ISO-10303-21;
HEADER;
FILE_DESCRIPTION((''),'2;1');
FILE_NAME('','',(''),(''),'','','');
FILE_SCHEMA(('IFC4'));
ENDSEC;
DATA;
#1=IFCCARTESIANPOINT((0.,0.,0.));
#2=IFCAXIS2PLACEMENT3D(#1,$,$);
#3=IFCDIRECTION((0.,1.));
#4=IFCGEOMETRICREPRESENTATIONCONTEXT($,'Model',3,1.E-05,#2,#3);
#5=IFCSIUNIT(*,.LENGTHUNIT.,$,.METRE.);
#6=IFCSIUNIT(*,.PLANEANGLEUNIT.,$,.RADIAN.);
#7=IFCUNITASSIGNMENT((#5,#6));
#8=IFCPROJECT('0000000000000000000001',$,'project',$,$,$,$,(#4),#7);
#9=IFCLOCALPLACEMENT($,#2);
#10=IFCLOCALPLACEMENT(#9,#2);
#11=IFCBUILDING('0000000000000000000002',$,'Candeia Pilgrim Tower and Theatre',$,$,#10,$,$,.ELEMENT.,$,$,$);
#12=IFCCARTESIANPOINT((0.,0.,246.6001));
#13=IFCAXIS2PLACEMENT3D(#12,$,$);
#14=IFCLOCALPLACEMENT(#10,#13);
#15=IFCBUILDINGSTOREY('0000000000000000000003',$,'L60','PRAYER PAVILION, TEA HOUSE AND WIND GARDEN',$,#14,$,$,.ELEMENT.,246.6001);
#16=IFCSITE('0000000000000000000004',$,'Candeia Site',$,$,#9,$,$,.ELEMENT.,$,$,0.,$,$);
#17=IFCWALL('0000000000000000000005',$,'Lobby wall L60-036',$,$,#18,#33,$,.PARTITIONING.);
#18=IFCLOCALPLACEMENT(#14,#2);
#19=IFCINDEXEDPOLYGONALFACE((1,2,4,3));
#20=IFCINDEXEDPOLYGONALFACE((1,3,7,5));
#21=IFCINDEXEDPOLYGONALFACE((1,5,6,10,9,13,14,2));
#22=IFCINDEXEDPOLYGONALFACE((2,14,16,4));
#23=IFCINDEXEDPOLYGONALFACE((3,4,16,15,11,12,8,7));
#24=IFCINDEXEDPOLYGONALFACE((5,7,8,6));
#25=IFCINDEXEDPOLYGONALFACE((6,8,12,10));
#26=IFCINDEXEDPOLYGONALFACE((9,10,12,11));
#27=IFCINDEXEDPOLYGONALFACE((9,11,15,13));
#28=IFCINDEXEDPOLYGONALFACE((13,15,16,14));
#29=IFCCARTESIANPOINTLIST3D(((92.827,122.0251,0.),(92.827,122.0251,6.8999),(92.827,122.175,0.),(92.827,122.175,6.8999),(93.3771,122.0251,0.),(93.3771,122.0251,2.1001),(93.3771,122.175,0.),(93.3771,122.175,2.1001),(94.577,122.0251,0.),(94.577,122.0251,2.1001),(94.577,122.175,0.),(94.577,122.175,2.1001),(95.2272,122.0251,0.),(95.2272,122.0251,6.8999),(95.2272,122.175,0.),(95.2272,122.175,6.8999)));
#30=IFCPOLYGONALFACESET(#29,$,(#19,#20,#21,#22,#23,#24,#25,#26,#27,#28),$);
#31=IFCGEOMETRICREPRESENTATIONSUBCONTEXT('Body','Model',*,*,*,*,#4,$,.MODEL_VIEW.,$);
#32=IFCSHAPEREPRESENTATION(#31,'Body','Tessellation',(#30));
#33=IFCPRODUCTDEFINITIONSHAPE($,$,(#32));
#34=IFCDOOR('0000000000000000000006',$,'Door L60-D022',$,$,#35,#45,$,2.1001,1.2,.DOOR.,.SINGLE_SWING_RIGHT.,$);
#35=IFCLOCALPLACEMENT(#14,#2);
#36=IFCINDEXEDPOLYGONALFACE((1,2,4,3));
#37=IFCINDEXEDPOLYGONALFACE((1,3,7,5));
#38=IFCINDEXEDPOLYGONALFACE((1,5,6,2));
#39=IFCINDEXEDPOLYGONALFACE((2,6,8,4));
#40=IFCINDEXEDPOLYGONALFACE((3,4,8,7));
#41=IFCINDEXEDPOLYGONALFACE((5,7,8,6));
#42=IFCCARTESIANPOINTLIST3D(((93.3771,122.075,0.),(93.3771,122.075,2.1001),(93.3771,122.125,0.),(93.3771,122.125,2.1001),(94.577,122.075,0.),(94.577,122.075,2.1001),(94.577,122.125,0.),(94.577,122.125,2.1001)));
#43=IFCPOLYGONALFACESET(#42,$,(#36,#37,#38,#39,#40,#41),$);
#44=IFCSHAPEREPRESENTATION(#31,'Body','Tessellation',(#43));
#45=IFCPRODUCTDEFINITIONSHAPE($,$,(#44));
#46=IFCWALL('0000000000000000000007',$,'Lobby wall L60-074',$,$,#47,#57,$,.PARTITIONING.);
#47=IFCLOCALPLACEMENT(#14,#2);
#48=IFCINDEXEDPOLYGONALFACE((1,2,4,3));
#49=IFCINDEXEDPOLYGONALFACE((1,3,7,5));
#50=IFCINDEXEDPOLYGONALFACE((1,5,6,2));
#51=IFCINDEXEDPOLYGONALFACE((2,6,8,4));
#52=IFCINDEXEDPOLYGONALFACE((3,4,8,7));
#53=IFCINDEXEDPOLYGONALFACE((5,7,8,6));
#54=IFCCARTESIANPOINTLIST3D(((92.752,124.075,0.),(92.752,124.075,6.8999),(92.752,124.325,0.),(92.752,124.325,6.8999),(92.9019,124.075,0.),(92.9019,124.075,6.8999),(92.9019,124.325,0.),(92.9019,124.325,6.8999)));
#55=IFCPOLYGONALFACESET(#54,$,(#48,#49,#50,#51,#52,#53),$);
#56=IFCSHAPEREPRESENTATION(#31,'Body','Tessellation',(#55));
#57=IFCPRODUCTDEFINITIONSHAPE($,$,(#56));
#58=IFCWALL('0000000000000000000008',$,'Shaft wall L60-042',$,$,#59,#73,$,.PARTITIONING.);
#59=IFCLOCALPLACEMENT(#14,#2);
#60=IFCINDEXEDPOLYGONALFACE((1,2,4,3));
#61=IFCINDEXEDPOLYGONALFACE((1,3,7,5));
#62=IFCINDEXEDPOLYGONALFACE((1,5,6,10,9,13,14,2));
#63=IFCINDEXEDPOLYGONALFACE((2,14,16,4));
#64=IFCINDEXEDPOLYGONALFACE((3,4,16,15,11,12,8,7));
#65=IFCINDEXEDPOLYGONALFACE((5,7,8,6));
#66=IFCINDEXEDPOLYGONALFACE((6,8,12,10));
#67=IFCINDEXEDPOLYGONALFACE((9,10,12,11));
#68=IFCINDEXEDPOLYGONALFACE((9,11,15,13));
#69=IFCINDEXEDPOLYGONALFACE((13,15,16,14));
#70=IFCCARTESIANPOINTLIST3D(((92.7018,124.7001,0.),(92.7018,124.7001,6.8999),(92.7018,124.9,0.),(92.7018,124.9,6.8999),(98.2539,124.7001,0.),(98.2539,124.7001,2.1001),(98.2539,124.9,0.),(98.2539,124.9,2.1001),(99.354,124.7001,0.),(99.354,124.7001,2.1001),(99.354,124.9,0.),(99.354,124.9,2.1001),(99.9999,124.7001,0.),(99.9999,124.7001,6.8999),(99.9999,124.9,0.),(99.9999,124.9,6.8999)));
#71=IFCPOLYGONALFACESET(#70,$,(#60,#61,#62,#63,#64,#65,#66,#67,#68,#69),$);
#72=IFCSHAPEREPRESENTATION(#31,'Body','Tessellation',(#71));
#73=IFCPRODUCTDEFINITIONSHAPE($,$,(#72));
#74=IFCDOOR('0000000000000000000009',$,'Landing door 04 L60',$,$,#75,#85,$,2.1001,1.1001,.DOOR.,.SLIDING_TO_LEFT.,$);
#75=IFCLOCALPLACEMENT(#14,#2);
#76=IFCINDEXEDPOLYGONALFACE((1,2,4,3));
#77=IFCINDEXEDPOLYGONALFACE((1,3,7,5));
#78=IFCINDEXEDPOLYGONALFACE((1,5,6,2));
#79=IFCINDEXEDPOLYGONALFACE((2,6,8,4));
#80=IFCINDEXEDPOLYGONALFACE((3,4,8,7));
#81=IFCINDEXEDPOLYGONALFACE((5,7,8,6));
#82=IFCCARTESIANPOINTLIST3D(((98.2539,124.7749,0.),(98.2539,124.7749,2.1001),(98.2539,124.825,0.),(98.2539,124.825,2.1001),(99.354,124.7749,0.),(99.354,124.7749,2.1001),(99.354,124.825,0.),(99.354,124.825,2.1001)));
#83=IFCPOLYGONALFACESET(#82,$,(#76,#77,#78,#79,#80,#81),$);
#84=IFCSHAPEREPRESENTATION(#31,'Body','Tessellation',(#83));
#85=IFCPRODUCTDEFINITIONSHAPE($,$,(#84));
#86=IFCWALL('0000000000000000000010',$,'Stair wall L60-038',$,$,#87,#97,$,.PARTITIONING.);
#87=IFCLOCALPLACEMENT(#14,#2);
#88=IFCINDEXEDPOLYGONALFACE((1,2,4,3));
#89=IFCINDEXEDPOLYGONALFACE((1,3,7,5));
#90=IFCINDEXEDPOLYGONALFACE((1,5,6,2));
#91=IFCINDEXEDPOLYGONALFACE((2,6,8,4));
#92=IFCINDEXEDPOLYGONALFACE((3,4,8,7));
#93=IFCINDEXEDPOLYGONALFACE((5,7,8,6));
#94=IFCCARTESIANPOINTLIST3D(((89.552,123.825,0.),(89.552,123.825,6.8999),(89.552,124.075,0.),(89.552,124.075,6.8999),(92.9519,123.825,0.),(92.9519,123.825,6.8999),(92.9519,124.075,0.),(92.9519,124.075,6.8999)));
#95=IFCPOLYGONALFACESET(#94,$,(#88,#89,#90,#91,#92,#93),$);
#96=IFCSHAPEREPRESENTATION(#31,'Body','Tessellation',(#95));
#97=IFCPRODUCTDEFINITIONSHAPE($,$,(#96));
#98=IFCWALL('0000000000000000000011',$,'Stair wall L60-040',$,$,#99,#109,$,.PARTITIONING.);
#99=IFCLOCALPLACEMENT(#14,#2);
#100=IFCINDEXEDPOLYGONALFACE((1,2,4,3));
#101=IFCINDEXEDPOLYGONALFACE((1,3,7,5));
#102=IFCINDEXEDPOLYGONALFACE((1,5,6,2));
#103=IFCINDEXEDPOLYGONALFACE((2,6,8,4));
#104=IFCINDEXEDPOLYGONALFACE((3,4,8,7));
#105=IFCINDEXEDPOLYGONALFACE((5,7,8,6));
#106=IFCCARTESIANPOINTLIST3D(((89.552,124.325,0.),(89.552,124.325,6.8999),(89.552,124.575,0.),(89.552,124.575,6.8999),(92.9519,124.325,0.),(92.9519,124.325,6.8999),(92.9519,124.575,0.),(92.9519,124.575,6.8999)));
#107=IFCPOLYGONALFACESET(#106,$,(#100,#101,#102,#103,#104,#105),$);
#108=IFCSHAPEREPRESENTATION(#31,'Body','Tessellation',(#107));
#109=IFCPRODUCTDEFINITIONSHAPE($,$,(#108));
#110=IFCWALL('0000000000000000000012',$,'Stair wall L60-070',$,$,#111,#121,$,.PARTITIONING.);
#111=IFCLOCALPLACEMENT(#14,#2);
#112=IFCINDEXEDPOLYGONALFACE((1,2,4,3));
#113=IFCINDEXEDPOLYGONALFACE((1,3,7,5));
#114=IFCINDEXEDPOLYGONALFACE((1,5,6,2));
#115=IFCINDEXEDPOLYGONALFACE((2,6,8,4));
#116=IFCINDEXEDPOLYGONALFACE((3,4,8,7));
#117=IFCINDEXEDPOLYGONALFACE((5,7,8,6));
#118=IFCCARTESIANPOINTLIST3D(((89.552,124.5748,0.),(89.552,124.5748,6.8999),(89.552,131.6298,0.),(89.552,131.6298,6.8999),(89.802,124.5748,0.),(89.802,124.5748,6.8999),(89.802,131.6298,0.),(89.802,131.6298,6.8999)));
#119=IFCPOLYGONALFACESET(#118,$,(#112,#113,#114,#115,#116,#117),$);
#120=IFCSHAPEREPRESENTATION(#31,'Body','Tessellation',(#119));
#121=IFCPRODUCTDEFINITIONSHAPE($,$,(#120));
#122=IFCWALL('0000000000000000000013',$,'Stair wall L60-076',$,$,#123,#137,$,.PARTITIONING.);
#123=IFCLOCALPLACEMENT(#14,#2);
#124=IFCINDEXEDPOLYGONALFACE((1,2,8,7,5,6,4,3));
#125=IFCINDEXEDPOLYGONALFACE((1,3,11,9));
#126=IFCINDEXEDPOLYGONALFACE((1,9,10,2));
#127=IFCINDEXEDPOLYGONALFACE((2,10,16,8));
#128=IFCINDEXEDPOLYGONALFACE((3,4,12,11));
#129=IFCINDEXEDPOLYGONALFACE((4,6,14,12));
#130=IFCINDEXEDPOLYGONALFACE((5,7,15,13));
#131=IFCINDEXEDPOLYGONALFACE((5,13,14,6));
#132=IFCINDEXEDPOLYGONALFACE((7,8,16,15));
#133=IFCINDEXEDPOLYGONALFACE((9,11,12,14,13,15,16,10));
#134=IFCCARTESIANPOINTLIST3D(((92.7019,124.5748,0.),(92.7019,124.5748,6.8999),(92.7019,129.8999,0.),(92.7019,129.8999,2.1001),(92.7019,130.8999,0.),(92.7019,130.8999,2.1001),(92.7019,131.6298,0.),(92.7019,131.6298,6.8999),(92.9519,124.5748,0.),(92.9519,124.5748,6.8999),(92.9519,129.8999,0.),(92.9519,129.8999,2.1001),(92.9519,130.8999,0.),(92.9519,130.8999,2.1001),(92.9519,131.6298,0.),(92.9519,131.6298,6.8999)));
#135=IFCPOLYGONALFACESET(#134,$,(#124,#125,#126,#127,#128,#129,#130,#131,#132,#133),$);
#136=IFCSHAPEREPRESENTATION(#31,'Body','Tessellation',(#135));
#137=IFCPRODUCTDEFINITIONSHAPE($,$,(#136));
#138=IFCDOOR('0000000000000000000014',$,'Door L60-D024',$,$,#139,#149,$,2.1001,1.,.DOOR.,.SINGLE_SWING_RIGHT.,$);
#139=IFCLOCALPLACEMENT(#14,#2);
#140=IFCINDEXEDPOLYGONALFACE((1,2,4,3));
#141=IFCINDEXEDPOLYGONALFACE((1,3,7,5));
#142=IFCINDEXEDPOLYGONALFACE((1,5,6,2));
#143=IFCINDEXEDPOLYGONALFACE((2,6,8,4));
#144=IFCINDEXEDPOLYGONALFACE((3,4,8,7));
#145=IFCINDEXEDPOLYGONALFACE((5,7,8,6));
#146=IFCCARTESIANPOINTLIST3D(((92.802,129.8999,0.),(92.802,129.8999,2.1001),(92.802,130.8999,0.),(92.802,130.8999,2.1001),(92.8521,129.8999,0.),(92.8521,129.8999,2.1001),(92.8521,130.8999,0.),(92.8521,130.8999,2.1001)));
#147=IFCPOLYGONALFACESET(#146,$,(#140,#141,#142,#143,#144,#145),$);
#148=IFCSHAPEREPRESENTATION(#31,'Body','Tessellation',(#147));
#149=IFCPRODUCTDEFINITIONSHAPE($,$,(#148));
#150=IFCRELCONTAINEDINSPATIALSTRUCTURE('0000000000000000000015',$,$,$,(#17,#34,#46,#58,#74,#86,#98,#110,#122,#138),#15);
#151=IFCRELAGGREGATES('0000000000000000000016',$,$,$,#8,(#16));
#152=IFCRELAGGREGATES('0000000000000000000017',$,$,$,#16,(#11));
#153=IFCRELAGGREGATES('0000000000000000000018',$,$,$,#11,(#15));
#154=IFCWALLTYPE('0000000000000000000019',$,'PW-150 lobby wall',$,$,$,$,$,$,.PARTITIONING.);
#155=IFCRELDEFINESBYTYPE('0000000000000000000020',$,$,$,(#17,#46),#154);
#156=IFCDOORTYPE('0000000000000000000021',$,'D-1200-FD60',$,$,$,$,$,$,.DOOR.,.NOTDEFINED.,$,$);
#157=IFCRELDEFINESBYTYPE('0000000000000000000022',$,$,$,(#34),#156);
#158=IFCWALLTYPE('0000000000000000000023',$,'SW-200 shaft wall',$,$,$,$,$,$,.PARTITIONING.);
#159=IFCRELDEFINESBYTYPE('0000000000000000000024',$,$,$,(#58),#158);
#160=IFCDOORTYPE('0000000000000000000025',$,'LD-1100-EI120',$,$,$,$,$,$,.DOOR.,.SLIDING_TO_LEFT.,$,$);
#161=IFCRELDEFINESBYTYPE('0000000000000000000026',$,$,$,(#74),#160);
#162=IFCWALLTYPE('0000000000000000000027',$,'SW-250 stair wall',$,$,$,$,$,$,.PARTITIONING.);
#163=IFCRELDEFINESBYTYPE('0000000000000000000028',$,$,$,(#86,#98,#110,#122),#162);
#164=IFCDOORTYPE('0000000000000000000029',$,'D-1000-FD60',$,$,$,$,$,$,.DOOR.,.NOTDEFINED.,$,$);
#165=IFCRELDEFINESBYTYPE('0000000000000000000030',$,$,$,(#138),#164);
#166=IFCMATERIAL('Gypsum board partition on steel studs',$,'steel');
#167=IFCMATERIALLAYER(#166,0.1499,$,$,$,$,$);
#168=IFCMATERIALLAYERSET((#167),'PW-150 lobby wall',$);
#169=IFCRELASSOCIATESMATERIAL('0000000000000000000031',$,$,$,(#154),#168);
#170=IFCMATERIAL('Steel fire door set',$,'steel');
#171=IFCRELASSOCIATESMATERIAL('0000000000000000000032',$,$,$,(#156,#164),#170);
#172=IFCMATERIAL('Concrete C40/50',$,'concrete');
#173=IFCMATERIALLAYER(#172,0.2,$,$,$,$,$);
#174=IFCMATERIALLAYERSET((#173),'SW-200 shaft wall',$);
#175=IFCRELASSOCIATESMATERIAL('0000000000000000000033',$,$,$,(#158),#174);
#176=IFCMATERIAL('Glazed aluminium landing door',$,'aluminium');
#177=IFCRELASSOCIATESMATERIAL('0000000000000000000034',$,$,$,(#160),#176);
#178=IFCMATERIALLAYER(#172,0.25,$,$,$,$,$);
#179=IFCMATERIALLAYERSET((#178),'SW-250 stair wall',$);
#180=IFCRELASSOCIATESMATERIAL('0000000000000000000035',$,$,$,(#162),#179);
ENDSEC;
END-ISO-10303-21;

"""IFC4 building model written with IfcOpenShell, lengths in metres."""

from ifc_helpers import new_model, si_unit, direction, frame, frame_2d, origin, place, context, subcontext, project, spatial, rectangle, extrude, material, layer, layer_set, type_object, element, fill, save


model = new_model("IFC4")

# Units and contexts
model_context = context("Model", 3, precision=1e-05, world=origin(), true_north=direction((0.0, 1.0)))
body_context = subcontext(model_context, "Body", "Model", "MODEL_VIEW")
ifc_project = project(units=[si_unit("LENGTHUNIT", "METRE"), si_unit("PLANEANGLEUNIT", "RADIAN")], contexts=[model_context])

# Site, building, storey
site_placement = place(None, origin())
site = spatial("IfcSite", under=ifc_project, at=site_placement, Name="Candeia Site", CompositionType="ELEMENT", RefElevation=0.0)
building_placement = place(site_placement, origin())
building = spatial("IfcBuilding", under=site, at=building_placement, Name="Candeia Pilgrim Tower and Theatre", CompositionType="ELEMENT")
storey_placement = place(building_placement, frame((0.0, 0.0, 246.6001)))
storey = spatial("IfcBuildingStorey", under=building, at=storey_placement, Name="L60", Description="PRAYER PAVILION, TEA HOUSE AND WIND GARDEN", CompositionType="ELEMENT", Elevation=246.6001)

# Wall, opening, door
ifc_material_1 = material(Name="Gypsum board partition on steel studs", Category="steel")
ifc_layer_1 = layer(ifc_material_1, 0.1499)
ifc_layer_set_1 = layer_set([ifc_layer_1], Name="PW-150 lobby wall")
wall_type_1 = type_object("IfcWallType", Name="PW-150 lobby wall", PredefinedType="PARTITIONING", material=ifc_layer_set_1)
wall_1_placement = place(storey_placement, frame((92.8269, 122.1001, 0.0), z_axis=(0.0, 0.0, 1.0), x_axis=(1.0, 0.0, 0.0)))
wall_1 = element("IfcWall", 1, at=wall_1_placement, inside=storey, type_object=wall_type_1, Name="Lobby wall L60-036", PredefinedType="PARTITIONING", context=body_context, shape_type="SweptSolid", body=[
    extrude(rectangle(XDim=2.4001, YDim=0.1499, at=frame_2d((1.2002, 0.0))), origin(), (0.0, 0.0, 1.0), 6.8999),
])
opening_1_placement = place(wall_1_placement, frame((0.55, 0.0, 0.0)))
opening_1 = element("IfcOpeningElement", 2, at=opening_1_placement, cuts=wall_1, PredefinedType="OPENING", context=body_context, shape_type="SweptSolid", body=[
    extrude(rectangle(XDim=1.2, YDim=2.1001, at=frame_2d((0.6001, 1.05))), frame((0.0, 0.085, 0.0), z_axis=(0.0, -1.0, 0.0), x_axis=(1.0, 0.0, 0.0)), (0.0, 0.0, 1.0), 0.1699),
])
ifc_material_2 = material(Name="Steel fire door set", Category="steel")
door_type_1 = type_object("IfcDoorType", Name="D-1200-FD60", OperationType="NOTDEFINED", PredefinedType="DOOR", material=ifc_material_2)
door_1_placement = place(opening_1_placement, origin())
door_1 = element("IfcDoor", 3, at=door_1_placement, inside=storey, type_object=door_type_1, Name="Door L60-D022", OperationType="SINGLE_SWING_RIGHT", OverallHeight=2.1001, OverallWidth=1.2, PredefinedType="DOOR", context=body_context, shape_type="SweptSolid", body=[
    extrude(rectangle(XDim=1.2, YDim=2.1001, at=frame_2d((0.6001, 1.05))), frame((0.0, 0.0249, 0.0), z_axis=(0.0, -1.0, 0.0), x_axis=(1.0, 0.0, 0.0)), (0.0, 0.0, 1.0), 0.05),
])
fill(opening_1, door_1)

# Wall
wall_2_placement = place(storey_placement, frame((92.8269, 124.075, 0.0), z_axis=(0.0, 0.0, 1.0), x_axis=(0.0, 1.0, 0.0)))
element("IfcWall", 4, at=wall_2_placement, inside=storey, type_object=wall_type_1, Name="Lobby wall L60-074", PredefinedType="PARTITIONING", context=body_context, shape_type="SweptSolid", body=[
    extrude(rectangle(XDim=0.25, YDim=0.1499, at=frame_2d((0.125, 0.0))), origin(), (0.0, 0.0, 1.0), 6.8999),
])

# Wall, opening, door
ifc_material_3 = material(Name="Concrete C40/50", Category="concrete")
ifc_layer_2 = layer(ifc_material_3, 0.2)
ifc_layer_set_2 = layer_set([ifc_layer_2], Name="SW-200 shaft wall")
wall_type_2 = type_object("IfcWallType", Name="SW-200 shaft wall", PredefinedType="PARTITIONING", material=ifc_layer_set_2)
wall_3_placement = place(storey_placement, frame((92.7019, 124.8, 0.0), z_axis=(0.0, 0.0, 1.0), x_axis=(1.0, 0.0, 0.0)))
wall_3 = element("IfcWall", 5, at=wall_3_placement, inside=storey, type_object=wall_type_2, Name="Shaft wall L60-042", PredefinedType="PARTITIONING", context=body_context, shape_type="SweptSolid", body=[
    extrude(rectangle(XDim=7.2981, YDim=0.2, at=frame_2d((3.6489, 0.0))), origin(), (0.0, 0.0, 1.0), 6.8999),
])
opening_2_placement = place(wall_3_placement, frame((5.552, 0.0, 0.0)))
opening_2 = element("IfcOpeningElement", 6, at=opening_2_placement, cuts=wall_3, PredefinedType="OPENING", context=body_context, shape_type="SweptSolid", body=[
    extrude(rectangle(XDim=1.1001, YDim=2.1001, at=frame_2d((0.55, 1.05))), frame((0.0, 0.1099, 0.0), z_axis=(0.0, -1.0, 0.0), x_axis=(1.0, 0.0, 0.0)), (0.0, 0.0, 1.0), 0.22),
])
ifc_material_4 = material(Name="Glazed aluminium landing door", Category="aluminium")
door_type_2 = type_object("IfcDoorType", Name="LD-1100-EI120", OperationType="SLIDING_TO_LEFT", PredefinedType="DOOR", material=ifc_material_4)
door_2_placement = place(opening_2_placement, origin())
door_2 = element("IfcDoor", 7, at=door_2_placement, inside=storey, type_object=door_type_2, Name="Landing door 04 L60", OperationType="SLIDING_TO_LEFT", OverallHeight=2.1001, OverallWidth=1.1001, PredefinedType="DOOR", context=body_context, shape_type="SweptSolid", body=[
    extrude(rectangle(XDim=1.1001, YDim=2.1001, at=frame_2d((0.55, 1.05))), frame((0.0, 0.0249, 0.0), z_axis=(0.0, -1.0, 0.0), x_axis=(1.0, 0.0, 0.0)), (0.0, 0.0, 1.0), 0.05),
])
fill(opening_2, door_2)

# Walls
ifc_layer_3 = layer(ifc_material_3, 0.25)
ifc_layer_set_3 = layer_set([ifc_layer_3], Name="SW-250 stair wall")
wall_type_3 = type_object("IfcWallType", Name="SW-250 stair wall", PredefinedType="PARTITIONING", material=ifc_layer_set_3)
for number, where, z_axis, x_axis, name in (
    (8, (89.552, 123.95, 0.0), (0.0, 0.0, 1.0), (1.0, 0.0, 0.0), "Stair wall L60-038"),
    (9, (89.552, 124.45, 0.0), (0.0, 0.0, 1.0), (1.0, 0.0, 0.0), "Stair wall L60-040"),
):
    element("IfcWall", number, at=place(storey_placement, frame(where, z_axis=z_axis, x_axis=x_axis)), inside=storey, type_object=wall_type_3, Name=name, PredefinedType="PARTITIONING", context=body_context, shape_type="SweptSolid", body=[
        extrude(rectangle(XDim=3.3999, YDim=0.25, at=frame_2d((1.7, 0.0))), origin(), (0.0, 0.0, 1.0), 6.8999),
    ])
wall_4_placement = place(storey_placement, frame((89.677, 124.575, 0.0), z_axis=(0.0, 0.0, 1.0), x_axis=(0.0, 1.0, 0.0)))
element("IfcWall", 10, at=wall_4_placement, inside=storey, type_object=wall_type_3, Name="Stair wall L60-070", PredefinedType="PARTITIONING", context=body_context, shape_type="SweptSolid", body=[
    extrude(rectangle(XDim=7.0549, YDim=0.25, at=frame_2d((3.5273, 0.0))), origin(), (0.0, 0.0, 1.0), 6.8999),
])

# Wall, opening, door
wall_5_placement = place(storey_placement, frame((92.8269, 124.575, 0.0), z_axis=(0.0, 0.0, 1.0), x_axis=(0.0, 1.0, 0.0)))
wall_5 = element("IfcWall", 11, at=wall_5_placement, inside=storey, type_object=wall_type_3, Name="Stair wall L60-076", PredefinedType="PARTITIONING", context=body_context, shape_type="SweptSolid", body=[
    extrude(rectangle(XDim=7.0549, YDim=0.25, at=frame_2d((3.5273, 0.0))), origin(), (0.0, 0.0, 1.0), 6.8999),
])
opening_3_placement = place(wall_5_placement, frame((5.325, 0.0, 0.0)))
opening_3 = element("IfcOpeningElement", 12, at=opening_3_placement, cuts=wall_5, PredefinedType="OPENING", context=body_context, shape_type="SweptSolid", body=[
    extrude(rectangle(XDim=1.0, YDim=2.1001, at=frame_2d((0.5, 1.05))), frame((0.0, 0.135, 0.0), z_axis=(0.0, -1.0, 0.0), x_axis=(1.0, 0.0, 0.0)), (0.0, 0.0, 1.0), 0.27),
])
door_type_3 = type_object("IfcDoorType", Name="D-1000-FD60", OperationType="NOTDEFINED", PredefinedType="DOOR", material=ifc_material_2)
door_3_placement = place(opening_3_placement, origin())
door_3 = element("IfcDoor", 13, at=door_3_placement, inside=storey, type_object=door_type_3, Name="Door L60-D024", OperationType="SINGLE_SWING_RIGHT", OverallHeight=2.1001, OverallWidth=1.0, PredefinedType="DOOR", context=body_context, shape_type="SweptSolid", body=[
    extrude(rectangle(XDim=1.0, YDim=2.1001, at=frame_2d((0.5, 1.05))), frame((0.0, 0.0249, 0.0), z_axis=(0.0, -1.0, 0.0), x_axis=(1.0, 0.0, 0.0)), (0.0, 0.0, 1.0), 0.05),
])
fill(opening_3, door_3)

save(model, "model.ifc")
